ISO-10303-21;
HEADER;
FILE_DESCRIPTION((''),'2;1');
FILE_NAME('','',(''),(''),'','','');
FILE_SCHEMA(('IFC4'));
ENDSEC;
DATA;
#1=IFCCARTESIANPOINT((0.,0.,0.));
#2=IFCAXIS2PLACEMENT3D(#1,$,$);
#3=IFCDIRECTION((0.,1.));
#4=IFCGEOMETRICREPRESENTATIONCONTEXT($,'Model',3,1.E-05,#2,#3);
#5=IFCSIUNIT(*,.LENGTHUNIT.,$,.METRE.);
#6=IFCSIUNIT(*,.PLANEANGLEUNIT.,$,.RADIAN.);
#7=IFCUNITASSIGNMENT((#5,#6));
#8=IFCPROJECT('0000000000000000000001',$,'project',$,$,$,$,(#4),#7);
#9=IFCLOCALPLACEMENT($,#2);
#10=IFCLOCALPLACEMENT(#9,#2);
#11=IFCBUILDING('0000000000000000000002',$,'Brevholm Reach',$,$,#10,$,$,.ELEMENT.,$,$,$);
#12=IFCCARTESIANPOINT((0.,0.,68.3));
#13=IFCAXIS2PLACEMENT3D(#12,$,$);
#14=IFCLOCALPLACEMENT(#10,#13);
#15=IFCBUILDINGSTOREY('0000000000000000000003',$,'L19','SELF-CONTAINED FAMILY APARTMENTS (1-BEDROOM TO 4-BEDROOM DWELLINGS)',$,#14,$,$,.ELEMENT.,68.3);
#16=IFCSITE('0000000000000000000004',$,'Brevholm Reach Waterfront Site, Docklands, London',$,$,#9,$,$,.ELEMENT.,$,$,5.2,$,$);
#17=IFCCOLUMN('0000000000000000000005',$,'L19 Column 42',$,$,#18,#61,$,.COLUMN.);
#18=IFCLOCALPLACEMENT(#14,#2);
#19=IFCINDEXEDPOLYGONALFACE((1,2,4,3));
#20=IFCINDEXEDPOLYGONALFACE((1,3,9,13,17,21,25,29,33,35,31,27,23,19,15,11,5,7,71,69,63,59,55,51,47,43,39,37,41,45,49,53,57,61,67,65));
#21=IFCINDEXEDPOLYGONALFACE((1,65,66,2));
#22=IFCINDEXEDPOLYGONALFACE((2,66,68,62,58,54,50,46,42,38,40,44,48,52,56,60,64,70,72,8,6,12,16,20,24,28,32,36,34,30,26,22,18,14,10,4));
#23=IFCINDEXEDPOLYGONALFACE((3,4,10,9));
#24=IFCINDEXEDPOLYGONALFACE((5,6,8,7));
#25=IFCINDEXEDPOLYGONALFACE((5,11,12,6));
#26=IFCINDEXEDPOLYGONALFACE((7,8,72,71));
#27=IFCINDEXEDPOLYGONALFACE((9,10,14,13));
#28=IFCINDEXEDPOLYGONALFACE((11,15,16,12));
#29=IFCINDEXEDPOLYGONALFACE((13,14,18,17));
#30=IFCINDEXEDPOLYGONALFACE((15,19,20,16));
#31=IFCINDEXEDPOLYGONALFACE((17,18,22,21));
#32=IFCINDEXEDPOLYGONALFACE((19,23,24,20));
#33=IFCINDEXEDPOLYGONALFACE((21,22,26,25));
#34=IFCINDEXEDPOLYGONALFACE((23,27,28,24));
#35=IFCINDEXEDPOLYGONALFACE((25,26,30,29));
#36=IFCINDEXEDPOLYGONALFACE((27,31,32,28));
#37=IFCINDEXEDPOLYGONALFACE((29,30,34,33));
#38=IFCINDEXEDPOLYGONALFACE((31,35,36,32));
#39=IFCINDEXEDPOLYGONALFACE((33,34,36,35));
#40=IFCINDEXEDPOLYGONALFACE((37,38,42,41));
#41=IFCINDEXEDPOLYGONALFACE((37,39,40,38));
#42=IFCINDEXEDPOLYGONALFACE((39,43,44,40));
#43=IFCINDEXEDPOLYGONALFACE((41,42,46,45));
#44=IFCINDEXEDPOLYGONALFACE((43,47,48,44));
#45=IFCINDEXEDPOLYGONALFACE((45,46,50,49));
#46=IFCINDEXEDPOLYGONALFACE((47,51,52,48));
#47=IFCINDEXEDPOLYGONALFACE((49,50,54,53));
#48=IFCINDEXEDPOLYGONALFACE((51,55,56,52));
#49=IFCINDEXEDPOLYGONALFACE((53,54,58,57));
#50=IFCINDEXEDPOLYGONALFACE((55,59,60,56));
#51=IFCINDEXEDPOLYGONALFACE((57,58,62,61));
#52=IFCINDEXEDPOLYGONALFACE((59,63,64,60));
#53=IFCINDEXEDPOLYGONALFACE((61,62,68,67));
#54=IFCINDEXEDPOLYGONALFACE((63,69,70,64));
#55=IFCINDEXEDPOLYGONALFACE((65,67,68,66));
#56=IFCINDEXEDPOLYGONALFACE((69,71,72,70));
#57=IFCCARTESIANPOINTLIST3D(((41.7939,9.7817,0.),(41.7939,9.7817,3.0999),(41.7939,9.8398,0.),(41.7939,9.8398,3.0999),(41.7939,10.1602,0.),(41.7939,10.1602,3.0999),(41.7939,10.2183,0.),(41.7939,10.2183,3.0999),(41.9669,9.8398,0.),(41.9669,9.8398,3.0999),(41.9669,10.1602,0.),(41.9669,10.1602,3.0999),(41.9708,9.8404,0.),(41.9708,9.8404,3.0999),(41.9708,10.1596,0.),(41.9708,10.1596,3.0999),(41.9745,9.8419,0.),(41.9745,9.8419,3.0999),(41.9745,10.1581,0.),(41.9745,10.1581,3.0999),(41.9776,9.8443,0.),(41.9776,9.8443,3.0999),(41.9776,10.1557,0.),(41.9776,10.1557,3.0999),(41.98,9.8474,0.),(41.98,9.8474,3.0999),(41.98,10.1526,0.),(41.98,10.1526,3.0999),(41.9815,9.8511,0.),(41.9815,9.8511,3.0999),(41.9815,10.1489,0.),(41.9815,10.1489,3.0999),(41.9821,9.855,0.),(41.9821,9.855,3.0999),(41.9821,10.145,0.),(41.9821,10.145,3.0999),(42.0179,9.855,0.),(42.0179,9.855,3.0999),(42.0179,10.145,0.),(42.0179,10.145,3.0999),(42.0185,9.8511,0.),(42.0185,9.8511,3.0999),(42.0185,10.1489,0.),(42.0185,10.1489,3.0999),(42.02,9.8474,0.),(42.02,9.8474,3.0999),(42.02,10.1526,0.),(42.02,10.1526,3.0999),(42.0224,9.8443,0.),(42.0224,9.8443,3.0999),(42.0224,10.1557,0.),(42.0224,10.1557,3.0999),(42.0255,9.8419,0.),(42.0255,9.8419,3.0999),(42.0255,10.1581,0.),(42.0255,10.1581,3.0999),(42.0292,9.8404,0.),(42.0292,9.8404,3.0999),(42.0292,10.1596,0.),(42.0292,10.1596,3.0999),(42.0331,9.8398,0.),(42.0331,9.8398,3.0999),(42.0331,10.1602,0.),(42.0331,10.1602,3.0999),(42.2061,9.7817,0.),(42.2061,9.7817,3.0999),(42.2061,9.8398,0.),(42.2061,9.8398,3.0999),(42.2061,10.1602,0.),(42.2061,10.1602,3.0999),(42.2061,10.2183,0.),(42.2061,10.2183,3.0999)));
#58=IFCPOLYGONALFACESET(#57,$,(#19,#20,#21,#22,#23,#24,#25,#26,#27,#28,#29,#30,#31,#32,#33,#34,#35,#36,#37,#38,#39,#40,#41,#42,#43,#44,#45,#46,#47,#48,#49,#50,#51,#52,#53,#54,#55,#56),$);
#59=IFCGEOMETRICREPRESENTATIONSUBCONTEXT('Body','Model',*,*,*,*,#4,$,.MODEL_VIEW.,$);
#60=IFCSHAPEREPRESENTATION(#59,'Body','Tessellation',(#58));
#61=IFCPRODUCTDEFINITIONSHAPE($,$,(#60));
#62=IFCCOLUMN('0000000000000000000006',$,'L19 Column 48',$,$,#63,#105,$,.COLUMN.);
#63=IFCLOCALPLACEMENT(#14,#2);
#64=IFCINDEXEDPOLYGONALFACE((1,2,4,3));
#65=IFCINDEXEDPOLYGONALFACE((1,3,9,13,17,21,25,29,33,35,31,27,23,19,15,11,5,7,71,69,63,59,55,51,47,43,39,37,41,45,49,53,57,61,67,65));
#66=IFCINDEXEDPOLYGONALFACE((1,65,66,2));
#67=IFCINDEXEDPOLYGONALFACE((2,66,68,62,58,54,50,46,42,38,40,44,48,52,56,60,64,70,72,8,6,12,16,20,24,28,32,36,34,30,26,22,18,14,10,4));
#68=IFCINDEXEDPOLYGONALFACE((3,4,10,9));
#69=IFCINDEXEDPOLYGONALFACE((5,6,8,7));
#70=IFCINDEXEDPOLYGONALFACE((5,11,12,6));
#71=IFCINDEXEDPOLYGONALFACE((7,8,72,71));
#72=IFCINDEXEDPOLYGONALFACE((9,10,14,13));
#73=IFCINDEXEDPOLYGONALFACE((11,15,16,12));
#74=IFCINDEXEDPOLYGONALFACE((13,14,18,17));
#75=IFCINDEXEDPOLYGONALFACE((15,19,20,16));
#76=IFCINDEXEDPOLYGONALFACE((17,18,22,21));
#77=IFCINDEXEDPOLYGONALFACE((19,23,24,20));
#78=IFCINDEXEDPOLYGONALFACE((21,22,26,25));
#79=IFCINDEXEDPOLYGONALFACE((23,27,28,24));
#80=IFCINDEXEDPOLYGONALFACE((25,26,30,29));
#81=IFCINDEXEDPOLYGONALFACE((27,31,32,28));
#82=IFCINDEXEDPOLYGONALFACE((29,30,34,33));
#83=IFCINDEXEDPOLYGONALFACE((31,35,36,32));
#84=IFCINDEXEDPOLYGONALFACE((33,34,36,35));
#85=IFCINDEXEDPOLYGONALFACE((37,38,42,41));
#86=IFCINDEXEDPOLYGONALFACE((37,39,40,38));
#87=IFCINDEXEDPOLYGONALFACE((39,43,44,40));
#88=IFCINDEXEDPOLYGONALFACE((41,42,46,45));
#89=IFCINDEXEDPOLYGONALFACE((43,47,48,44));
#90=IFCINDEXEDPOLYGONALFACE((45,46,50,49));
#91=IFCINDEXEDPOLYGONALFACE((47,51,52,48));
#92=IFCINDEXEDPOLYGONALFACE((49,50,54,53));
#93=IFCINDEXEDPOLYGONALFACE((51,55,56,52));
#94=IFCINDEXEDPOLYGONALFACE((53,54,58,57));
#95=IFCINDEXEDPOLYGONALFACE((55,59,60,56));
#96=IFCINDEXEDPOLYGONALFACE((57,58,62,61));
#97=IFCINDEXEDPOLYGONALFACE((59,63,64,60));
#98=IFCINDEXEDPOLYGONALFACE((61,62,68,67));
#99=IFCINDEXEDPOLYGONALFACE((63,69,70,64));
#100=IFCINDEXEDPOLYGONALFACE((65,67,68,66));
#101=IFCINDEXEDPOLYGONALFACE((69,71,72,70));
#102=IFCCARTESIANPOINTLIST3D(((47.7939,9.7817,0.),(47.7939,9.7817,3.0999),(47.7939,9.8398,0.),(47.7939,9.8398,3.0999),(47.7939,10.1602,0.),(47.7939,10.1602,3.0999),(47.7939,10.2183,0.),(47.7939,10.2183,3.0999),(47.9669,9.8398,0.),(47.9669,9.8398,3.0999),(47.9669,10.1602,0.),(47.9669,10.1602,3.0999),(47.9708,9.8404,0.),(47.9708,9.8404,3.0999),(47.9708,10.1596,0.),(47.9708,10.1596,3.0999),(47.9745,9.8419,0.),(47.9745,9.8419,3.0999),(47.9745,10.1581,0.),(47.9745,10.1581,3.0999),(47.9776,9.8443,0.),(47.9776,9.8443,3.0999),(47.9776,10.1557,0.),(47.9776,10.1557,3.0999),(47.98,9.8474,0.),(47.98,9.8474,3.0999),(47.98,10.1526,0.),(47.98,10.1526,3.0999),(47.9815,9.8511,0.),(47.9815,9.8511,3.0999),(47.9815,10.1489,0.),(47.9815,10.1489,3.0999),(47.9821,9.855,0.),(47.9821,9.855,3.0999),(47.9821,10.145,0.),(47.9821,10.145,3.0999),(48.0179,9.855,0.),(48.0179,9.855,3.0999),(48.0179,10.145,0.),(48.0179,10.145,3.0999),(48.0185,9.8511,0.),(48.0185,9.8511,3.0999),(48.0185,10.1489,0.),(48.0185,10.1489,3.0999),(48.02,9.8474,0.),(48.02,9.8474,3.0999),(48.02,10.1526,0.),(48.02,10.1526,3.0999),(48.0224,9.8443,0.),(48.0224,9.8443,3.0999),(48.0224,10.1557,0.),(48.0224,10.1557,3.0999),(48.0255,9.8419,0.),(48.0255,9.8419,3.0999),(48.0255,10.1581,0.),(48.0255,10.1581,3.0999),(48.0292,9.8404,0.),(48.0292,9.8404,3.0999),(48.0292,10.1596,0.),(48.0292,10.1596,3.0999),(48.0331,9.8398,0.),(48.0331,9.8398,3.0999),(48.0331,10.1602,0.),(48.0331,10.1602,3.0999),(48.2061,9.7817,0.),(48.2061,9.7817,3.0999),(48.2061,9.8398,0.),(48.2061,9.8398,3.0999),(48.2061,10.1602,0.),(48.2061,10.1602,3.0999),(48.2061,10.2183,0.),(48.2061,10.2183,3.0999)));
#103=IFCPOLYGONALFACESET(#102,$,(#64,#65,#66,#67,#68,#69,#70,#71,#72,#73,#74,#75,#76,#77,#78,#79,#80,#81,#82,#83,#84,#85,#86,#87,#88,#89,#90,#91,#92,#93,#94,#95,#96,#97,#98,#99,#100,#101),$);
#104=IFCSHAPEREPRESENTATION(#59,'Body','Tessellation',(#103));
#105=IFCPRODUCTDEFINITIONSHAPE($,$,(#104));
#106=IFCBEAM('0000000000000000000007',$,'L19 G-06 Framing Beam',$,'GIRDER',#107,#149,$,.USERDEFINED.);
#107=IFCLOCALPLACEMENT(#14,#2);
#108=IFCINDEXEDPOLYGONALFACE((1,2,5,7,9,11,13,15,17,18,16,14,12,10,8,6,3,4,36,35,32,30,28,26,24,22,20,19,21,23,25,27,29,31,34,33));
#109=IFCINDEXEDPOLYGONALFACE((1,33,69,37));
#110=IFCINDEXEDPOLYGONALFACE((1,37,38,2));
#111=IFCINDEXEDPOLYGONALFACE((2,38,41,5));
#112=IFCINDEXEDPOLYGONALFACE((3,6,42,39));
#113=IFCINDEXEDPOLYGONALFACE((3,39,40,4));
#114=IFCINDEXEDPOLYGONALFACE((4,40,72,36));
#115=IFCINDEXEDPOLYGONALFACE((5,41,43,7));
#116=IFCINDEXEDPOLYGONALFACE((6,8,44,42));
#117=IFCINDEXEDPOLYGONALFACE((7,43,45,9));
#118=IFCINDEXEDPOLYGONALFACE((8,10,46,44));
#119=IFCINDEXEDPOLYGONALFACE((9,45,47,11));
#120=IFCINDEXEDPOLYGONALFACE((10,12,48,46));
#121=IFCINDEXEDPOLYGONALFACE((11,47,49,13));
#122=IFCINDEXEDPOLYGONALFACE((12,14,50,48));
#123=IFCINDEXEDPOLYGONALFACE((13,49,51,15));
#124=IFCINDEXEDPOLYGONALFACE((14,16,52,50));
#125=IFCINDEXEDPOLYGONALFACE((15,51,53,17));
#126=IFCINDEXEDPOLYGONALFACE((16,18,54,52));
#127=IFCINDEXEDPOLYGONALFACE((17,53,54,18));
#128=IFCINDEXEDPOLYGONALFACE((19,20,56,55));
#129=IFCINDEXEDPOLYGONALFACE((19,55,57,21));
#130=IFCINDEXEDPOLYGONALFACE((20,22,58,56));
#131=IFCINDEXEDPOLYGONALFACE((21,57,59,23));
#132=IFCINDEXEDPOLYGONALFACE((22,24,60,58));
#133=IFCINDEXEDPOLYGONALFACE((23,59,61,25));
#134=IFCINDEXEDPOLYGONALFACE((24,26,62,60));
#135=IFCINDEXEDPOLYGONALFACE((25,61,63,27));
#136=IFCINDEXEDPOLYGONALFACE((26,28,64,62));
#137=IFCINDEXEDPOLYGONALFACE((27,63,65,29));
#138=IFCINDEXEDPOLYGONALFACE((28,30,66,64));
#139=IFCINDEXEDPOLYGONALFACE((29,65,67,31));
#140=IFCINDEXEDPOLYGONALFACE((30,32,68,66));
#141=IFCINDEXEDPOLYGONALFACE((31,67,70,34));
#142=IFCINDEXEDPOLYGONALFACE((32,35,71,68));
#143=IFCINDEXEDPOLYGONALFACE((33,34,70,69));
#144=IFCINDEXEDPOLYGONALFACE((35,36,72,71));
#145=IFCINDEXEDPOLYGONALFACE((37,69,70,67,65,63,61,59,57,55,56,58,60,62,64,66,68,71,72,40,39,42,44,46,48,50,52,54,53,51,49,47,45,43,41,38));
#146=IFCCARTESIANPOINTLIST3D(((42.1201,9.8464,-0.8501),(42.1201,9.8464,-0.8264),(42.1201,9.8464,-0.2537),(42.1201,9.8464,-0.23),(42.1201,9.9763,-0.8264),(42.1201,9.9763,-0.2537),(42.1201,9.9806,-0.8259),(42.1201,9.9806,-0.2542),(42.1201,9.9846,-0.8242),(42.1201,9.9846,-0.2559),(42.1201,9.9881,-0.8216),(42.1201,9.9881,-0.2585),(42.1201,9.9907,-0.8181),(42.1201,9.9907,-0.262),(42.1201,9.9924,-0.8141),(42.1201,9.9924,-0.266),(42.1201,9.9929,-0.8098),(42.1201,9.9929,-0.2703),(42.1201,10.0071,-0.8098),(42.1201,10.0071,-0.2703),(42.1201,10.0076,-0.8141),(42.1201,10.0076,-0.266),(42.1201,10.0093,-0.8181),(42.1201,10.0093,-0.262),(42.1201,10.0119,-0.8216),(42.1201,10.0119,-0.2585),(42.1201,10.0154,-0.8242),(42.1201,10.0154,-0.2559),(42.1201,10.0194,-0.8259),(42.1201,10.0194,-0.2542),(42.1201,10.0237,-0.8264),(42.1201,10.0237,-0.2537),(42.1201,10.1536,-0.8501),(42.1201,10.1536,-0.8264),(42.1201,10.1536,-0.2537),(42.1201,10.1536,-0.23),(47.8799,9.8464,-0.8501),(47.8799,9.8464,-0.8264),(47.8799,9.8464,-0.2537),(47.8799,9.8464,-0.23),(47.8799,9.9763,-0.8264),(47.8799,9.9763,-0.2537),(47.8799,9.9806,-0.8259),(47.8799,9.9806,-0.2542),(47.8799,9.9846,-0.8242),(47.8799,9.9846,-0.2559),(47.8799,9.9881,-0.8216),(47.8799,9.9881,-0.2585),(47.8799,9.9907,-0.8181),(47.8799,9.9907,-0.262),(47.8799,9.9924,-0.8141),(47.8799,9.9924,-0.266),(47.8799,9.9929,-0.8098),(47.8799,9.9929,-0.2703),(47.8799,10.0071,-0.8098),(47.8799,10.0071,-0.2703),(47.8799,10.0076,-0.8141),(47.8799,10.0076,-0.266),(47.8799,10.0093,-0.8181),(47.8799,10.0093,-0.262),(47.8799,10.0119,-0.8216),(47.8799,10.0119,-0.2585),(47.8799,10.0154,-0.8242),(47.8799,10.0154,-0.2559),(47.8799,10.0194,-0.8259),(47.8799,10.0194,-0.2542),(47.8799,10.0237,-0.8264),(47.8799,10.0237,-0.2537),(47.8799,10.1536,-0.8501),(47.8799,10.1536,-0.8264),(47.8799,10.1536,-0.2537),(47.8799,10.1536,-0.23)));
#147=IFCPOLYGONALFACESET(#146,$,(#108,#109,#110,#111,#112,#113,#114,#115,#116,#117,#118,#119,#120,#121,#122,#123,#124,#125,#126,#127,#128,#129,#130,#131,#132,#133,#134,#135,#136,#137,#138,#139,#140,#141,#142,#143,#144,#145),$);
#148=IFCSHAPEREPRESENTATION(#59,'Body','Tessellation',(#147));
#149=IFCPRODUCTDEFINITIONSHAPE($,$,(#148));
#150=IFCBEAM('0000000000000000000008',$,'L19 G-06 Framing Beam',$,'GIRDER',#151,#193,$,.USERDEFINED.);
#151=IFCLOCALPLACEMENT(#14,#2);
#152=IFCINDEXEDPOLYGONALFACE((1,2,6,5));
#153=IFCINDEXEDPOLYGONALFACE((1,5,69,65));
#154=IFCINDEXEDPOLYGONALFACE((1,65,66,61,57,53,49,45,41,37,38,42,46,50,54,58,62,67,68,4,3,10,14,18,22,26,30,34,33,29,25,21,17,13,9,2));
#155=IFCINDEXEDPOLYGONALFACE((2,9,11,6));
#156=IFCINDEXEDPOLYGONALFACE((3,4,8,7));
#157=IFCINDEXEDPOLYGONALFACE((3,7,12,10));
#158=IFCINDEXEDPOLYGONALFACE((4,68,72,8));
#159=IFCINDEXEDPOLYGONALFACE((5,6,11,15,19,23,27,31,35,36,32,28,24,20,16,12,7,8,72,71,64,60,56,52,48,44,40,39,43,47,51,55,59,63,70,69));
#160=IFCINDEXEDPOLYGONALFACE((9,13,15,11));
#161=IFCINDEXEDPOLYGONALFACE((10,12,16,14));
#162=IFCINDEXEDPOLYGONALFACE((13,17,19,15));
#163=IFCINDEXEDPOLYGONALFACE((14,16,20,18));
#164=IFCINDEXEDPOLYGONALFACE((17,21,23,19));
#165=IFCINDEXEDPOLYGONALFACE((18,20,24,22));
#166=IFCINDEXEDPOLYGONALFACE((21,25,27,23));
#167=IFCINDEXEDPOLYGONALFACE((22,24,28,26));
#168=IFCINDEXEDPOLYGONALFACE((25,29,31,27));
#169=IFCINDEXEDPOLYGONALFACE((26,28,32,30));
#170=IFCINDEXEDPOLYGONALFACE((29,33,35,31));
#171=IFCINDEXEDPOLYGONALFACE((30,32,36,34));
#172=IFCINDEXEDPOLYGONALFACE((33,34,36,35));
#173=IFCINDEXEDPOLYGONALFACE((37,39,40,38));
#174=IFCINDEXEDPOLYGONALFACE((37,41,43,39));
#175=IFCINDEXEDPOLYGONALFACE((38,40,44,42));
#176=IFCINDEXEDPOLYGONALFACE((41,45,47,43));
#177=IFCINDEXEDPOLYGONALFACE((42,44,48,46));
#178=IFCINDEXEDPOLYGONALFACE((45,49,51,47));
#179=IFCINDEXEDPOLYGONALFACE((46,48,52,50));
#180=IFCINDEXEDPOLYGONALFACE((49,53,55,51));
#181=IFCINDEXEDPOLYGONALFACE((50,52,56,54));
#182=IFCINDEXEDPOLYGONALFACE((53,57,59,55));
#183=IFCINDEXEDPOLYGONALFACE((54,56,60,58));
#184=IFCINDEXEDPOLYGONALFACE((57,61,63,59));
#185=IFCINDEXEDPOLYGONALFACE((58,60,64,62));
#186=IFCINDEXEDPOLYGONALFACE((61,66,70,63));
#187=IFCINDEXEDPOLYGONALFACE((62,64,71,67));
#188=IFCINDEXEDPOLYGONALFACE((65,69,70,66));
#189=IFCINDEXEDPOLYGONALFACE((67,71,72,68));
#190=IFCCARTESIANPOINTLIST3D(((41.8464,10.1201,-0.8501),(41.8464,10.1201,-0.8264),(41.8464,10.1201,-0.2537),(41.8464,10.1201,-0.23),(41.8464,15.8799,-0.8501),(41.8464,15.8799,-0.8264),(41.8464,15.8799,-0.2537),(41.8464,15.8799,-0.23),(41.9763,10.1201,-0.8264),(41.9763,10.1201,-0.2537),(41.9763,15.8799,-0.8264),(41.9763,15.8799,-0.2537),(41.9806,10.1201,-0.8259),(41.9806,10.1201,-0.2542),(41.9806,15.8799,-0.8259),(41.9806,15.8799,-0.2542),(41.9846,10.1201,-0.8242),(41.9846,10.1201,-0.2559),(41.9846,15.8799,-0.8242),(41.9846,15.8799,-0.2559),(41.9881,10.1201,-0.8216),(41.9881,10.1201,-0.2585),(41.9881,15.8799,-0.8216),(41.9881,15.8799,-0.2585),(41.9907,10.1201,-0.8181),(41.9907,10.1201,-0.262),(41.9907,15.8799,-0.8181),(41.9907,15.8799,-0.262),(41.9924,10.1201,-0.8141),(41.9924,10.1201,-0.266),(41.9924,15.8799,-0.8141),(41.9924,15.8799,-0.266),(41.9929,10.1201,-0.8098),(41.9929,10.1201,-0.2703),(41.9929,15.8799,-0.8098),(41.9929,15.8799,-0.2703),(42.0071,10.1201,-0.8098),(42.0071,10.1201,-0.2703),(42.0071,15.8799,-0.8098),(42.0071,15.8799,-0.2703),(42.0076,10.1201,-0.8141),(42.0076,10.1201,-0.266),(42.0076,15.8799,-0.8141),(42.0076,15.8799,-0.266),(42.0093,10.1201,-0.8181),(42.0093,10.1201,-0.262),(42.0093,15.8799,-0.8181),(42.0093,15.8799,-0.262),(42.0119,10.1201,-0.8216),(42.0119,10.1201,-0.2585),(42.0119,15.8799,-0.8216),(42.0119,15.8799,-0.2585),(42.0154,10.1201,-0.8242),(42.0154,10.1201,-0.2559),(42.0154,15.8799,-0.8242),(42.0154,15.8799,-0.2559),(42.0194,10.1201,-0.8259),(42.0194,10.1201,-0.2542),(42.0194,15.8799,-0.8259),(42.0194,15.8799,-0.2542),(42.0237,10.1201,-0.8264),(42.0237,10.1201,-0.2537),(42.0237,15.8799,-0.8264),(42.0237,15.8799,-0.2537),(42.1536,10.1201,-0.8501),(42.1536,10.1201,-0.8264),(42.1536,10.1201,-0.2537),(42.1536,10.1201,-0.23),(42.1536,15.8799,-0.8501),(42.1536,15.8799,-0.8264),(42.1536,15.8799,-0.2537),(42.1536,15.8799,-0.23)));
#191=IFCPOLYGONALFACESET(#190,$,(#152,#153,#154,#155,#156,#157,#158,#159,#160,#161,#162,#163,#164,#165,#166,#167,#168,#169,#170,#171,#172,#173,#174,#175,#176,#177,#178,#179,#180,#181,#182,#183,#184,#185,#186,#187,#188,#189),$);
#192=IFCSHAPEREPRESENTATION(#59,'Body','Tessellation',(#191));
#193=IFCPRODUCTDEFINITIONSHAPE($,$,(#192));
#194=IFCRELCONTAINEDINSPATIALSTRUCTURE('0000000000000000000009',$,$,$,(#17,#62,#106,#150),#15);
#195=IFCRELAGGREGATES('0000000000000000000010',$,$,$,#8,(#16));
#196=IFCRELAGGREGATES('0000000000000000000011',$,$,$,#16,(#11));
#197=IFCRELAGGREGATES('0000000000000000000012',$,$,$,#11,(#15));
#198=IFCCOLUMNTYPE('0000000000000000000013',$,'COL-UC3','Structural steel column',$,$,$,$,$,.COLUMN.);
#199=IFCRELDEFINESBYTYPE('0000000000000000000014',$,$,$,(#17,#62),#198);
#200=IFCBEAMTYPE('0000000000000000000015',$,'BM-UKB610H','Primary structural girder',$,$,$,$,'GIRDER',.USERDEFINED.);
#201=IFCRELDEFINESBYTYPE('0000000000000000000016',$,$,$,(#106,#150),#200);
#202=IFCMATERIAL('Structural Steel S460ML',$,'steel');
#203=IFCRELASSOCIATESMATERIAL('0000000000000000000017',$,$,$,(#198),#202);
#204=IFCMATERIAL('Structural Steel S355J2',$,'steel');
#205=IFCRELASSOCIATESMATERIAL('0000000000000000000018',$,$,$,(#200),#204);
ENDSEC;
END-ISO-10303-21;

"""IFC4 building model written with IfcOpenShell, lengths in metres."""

from ifc_helpers import new_model, si_unit, direction, frame, origin, origin_2d, place, context, subcontext, project, spatial, i_section, extrude, material, material_profile, profile_set, type_object, element, save


model = new_model("IFC4")

# Units and contexts
model_context = context("Model", 3, precision=1e-05, world=origin(), true_north=direction((0.0, 1.0)))
body_context = subcontext(model_context, "Body", "Model", "MODEL_VIEW")
ifc_project = project(units=[si_unit("LENGTHUNIT", "METRE"), si_unit("PLANEANGLEUNIT", "RADIAN")], contexts=[model_context])

# Site, building, storey
site_placement = place(None, origin())
site = spatial("IfcSite", under=ifc_project, at=site_placement, Name="Brevholm Reach Waterfront Site, Docklands, London", CompositionType="ELEMENT", RefElevation=5.2)
building_placement = place(site_placement, origin())
building = spatial("IfcBuilding", under=site, at=building_placement, Name="Brevholm Reach", CompositionType="ELEMENT")
storey_placement = place(building_placement, frame((0.0, 0.0, 68.3)))
storey = spatial("IfcBuildingStorey", under=building, at=storey_placement, Name="L19", Description="SELF-CONTAINED FAMILY APARTMENTS (1-BEDROOM TO 4-BEDROOM DWELLINGS)", CompositionType="ELEMENT", Elevation=68.3)

# Columns
ifc_material_1 = material(Name="Structural Steel S460ML", Category="steel")
ifc_material_profile_1 = material_profile(ifc_material_1, i_section(OverallWidth=0.4121, OverallDepth=0.4365, WebThickness=0.0359, FlangeThickness=0.0581, FilletRadius=0.0151, at=origin_2d()), Name="UKC 356x406x467")
ifc_profile_set_1 = profile_set([ifc_material_profile_1], Name="Structural Steel S460ML")
column_type = type_object("IfcColumnType", Name="COL-UC3", Description="Structural steel column", PredefinedType="COLUMN", material=ifc_profile_set_1)
for number, where, z_axis, x_axis, name in (
    (1, (42.0, 10.0, 0.0), (0.0, 0.0, 1.0), (1.0, 0.0, 0.0), "L19 Column 42"),
    (2, (48.0, 10.0, 0.0), (0.0, 0.0, 1.0), (1.0, 0.0, 0.0), "L19 Column 48"),
):
    element("IfcColumn", number, at=place(storey_placement, frame(where, z_axis=z_axis, x_axis=x_axis)), inside=storey, type_object=column_type, Name=name, PredefinedType="COLUMN", context=body_context, shape_type="SweptSolid", body=[
        extrude(i_section(OverallWidth=0.4121, OverallDepth=0.4365, WebThickness=0.0359, FlangeThickness=0.0581, FilletRadius=0.0151, at=origin_2d()), origin(), (0.0, 0.0, 1.0), 3.0999),
    ])

# Beams
ifc_material_2 = material(Name="Structural Steel S355J2", Category="steel")
ifc_material_profile_2 = material_profile(ifc_material_2, i_section(OverallWidth=0.3071, OverallDepth=0.6201, WebThickness=0.0142, FlangeThickness=0.0237, FilletRadius=0.0166, at=origin_2d()), Name="UKB 610x305x179")
ifc_profile_set_2 = profile_set([ifc_material_profile_2], Name="Structural Steel S355J2")
beam_type = type_object("IfcBeamType", Name="BM-UKB610H", Description="Primary structural girder", ElementType="GIRDER", PredefinedType="USERDEFINED", material=ifc_profile_set_2)
for number, where, z_axis, x_axis, name in (
    (3, (42.1201, 10.0, -0.54), (1.0, 0.0, 0.0), (0.0, 1.0, 0.0), "L19 G-06 Framing Beam"),
    (4, (42.0, 10.1201, -0.54), (0.0, 1.0, 0.0), (-1.0, 0.0, 0.0), "L19 G-06 Framing Beam"),
):
    element("IfcBeam", number, at=place(storey_placement, frame(where, z_axis=z_axis, x_axis=x_axis)), inside=storey, type_object=beam_type, Name=name, ObjectType="GIRDER", PredefinedType="USERDEFINED", context=body_context, shape_type="SweptSolid", body=[
        extrude(i_section(OverallWidth=0.3071, OverallDepth=0.6201, WebThickness=0.0142, FlangeThickness=0.0237, FilletRadius=0.0166, at=origin_2d()), origin(), (0.0, 0.0, 1.0), 5.7598),
    ])

save(model, "model.ifc")
